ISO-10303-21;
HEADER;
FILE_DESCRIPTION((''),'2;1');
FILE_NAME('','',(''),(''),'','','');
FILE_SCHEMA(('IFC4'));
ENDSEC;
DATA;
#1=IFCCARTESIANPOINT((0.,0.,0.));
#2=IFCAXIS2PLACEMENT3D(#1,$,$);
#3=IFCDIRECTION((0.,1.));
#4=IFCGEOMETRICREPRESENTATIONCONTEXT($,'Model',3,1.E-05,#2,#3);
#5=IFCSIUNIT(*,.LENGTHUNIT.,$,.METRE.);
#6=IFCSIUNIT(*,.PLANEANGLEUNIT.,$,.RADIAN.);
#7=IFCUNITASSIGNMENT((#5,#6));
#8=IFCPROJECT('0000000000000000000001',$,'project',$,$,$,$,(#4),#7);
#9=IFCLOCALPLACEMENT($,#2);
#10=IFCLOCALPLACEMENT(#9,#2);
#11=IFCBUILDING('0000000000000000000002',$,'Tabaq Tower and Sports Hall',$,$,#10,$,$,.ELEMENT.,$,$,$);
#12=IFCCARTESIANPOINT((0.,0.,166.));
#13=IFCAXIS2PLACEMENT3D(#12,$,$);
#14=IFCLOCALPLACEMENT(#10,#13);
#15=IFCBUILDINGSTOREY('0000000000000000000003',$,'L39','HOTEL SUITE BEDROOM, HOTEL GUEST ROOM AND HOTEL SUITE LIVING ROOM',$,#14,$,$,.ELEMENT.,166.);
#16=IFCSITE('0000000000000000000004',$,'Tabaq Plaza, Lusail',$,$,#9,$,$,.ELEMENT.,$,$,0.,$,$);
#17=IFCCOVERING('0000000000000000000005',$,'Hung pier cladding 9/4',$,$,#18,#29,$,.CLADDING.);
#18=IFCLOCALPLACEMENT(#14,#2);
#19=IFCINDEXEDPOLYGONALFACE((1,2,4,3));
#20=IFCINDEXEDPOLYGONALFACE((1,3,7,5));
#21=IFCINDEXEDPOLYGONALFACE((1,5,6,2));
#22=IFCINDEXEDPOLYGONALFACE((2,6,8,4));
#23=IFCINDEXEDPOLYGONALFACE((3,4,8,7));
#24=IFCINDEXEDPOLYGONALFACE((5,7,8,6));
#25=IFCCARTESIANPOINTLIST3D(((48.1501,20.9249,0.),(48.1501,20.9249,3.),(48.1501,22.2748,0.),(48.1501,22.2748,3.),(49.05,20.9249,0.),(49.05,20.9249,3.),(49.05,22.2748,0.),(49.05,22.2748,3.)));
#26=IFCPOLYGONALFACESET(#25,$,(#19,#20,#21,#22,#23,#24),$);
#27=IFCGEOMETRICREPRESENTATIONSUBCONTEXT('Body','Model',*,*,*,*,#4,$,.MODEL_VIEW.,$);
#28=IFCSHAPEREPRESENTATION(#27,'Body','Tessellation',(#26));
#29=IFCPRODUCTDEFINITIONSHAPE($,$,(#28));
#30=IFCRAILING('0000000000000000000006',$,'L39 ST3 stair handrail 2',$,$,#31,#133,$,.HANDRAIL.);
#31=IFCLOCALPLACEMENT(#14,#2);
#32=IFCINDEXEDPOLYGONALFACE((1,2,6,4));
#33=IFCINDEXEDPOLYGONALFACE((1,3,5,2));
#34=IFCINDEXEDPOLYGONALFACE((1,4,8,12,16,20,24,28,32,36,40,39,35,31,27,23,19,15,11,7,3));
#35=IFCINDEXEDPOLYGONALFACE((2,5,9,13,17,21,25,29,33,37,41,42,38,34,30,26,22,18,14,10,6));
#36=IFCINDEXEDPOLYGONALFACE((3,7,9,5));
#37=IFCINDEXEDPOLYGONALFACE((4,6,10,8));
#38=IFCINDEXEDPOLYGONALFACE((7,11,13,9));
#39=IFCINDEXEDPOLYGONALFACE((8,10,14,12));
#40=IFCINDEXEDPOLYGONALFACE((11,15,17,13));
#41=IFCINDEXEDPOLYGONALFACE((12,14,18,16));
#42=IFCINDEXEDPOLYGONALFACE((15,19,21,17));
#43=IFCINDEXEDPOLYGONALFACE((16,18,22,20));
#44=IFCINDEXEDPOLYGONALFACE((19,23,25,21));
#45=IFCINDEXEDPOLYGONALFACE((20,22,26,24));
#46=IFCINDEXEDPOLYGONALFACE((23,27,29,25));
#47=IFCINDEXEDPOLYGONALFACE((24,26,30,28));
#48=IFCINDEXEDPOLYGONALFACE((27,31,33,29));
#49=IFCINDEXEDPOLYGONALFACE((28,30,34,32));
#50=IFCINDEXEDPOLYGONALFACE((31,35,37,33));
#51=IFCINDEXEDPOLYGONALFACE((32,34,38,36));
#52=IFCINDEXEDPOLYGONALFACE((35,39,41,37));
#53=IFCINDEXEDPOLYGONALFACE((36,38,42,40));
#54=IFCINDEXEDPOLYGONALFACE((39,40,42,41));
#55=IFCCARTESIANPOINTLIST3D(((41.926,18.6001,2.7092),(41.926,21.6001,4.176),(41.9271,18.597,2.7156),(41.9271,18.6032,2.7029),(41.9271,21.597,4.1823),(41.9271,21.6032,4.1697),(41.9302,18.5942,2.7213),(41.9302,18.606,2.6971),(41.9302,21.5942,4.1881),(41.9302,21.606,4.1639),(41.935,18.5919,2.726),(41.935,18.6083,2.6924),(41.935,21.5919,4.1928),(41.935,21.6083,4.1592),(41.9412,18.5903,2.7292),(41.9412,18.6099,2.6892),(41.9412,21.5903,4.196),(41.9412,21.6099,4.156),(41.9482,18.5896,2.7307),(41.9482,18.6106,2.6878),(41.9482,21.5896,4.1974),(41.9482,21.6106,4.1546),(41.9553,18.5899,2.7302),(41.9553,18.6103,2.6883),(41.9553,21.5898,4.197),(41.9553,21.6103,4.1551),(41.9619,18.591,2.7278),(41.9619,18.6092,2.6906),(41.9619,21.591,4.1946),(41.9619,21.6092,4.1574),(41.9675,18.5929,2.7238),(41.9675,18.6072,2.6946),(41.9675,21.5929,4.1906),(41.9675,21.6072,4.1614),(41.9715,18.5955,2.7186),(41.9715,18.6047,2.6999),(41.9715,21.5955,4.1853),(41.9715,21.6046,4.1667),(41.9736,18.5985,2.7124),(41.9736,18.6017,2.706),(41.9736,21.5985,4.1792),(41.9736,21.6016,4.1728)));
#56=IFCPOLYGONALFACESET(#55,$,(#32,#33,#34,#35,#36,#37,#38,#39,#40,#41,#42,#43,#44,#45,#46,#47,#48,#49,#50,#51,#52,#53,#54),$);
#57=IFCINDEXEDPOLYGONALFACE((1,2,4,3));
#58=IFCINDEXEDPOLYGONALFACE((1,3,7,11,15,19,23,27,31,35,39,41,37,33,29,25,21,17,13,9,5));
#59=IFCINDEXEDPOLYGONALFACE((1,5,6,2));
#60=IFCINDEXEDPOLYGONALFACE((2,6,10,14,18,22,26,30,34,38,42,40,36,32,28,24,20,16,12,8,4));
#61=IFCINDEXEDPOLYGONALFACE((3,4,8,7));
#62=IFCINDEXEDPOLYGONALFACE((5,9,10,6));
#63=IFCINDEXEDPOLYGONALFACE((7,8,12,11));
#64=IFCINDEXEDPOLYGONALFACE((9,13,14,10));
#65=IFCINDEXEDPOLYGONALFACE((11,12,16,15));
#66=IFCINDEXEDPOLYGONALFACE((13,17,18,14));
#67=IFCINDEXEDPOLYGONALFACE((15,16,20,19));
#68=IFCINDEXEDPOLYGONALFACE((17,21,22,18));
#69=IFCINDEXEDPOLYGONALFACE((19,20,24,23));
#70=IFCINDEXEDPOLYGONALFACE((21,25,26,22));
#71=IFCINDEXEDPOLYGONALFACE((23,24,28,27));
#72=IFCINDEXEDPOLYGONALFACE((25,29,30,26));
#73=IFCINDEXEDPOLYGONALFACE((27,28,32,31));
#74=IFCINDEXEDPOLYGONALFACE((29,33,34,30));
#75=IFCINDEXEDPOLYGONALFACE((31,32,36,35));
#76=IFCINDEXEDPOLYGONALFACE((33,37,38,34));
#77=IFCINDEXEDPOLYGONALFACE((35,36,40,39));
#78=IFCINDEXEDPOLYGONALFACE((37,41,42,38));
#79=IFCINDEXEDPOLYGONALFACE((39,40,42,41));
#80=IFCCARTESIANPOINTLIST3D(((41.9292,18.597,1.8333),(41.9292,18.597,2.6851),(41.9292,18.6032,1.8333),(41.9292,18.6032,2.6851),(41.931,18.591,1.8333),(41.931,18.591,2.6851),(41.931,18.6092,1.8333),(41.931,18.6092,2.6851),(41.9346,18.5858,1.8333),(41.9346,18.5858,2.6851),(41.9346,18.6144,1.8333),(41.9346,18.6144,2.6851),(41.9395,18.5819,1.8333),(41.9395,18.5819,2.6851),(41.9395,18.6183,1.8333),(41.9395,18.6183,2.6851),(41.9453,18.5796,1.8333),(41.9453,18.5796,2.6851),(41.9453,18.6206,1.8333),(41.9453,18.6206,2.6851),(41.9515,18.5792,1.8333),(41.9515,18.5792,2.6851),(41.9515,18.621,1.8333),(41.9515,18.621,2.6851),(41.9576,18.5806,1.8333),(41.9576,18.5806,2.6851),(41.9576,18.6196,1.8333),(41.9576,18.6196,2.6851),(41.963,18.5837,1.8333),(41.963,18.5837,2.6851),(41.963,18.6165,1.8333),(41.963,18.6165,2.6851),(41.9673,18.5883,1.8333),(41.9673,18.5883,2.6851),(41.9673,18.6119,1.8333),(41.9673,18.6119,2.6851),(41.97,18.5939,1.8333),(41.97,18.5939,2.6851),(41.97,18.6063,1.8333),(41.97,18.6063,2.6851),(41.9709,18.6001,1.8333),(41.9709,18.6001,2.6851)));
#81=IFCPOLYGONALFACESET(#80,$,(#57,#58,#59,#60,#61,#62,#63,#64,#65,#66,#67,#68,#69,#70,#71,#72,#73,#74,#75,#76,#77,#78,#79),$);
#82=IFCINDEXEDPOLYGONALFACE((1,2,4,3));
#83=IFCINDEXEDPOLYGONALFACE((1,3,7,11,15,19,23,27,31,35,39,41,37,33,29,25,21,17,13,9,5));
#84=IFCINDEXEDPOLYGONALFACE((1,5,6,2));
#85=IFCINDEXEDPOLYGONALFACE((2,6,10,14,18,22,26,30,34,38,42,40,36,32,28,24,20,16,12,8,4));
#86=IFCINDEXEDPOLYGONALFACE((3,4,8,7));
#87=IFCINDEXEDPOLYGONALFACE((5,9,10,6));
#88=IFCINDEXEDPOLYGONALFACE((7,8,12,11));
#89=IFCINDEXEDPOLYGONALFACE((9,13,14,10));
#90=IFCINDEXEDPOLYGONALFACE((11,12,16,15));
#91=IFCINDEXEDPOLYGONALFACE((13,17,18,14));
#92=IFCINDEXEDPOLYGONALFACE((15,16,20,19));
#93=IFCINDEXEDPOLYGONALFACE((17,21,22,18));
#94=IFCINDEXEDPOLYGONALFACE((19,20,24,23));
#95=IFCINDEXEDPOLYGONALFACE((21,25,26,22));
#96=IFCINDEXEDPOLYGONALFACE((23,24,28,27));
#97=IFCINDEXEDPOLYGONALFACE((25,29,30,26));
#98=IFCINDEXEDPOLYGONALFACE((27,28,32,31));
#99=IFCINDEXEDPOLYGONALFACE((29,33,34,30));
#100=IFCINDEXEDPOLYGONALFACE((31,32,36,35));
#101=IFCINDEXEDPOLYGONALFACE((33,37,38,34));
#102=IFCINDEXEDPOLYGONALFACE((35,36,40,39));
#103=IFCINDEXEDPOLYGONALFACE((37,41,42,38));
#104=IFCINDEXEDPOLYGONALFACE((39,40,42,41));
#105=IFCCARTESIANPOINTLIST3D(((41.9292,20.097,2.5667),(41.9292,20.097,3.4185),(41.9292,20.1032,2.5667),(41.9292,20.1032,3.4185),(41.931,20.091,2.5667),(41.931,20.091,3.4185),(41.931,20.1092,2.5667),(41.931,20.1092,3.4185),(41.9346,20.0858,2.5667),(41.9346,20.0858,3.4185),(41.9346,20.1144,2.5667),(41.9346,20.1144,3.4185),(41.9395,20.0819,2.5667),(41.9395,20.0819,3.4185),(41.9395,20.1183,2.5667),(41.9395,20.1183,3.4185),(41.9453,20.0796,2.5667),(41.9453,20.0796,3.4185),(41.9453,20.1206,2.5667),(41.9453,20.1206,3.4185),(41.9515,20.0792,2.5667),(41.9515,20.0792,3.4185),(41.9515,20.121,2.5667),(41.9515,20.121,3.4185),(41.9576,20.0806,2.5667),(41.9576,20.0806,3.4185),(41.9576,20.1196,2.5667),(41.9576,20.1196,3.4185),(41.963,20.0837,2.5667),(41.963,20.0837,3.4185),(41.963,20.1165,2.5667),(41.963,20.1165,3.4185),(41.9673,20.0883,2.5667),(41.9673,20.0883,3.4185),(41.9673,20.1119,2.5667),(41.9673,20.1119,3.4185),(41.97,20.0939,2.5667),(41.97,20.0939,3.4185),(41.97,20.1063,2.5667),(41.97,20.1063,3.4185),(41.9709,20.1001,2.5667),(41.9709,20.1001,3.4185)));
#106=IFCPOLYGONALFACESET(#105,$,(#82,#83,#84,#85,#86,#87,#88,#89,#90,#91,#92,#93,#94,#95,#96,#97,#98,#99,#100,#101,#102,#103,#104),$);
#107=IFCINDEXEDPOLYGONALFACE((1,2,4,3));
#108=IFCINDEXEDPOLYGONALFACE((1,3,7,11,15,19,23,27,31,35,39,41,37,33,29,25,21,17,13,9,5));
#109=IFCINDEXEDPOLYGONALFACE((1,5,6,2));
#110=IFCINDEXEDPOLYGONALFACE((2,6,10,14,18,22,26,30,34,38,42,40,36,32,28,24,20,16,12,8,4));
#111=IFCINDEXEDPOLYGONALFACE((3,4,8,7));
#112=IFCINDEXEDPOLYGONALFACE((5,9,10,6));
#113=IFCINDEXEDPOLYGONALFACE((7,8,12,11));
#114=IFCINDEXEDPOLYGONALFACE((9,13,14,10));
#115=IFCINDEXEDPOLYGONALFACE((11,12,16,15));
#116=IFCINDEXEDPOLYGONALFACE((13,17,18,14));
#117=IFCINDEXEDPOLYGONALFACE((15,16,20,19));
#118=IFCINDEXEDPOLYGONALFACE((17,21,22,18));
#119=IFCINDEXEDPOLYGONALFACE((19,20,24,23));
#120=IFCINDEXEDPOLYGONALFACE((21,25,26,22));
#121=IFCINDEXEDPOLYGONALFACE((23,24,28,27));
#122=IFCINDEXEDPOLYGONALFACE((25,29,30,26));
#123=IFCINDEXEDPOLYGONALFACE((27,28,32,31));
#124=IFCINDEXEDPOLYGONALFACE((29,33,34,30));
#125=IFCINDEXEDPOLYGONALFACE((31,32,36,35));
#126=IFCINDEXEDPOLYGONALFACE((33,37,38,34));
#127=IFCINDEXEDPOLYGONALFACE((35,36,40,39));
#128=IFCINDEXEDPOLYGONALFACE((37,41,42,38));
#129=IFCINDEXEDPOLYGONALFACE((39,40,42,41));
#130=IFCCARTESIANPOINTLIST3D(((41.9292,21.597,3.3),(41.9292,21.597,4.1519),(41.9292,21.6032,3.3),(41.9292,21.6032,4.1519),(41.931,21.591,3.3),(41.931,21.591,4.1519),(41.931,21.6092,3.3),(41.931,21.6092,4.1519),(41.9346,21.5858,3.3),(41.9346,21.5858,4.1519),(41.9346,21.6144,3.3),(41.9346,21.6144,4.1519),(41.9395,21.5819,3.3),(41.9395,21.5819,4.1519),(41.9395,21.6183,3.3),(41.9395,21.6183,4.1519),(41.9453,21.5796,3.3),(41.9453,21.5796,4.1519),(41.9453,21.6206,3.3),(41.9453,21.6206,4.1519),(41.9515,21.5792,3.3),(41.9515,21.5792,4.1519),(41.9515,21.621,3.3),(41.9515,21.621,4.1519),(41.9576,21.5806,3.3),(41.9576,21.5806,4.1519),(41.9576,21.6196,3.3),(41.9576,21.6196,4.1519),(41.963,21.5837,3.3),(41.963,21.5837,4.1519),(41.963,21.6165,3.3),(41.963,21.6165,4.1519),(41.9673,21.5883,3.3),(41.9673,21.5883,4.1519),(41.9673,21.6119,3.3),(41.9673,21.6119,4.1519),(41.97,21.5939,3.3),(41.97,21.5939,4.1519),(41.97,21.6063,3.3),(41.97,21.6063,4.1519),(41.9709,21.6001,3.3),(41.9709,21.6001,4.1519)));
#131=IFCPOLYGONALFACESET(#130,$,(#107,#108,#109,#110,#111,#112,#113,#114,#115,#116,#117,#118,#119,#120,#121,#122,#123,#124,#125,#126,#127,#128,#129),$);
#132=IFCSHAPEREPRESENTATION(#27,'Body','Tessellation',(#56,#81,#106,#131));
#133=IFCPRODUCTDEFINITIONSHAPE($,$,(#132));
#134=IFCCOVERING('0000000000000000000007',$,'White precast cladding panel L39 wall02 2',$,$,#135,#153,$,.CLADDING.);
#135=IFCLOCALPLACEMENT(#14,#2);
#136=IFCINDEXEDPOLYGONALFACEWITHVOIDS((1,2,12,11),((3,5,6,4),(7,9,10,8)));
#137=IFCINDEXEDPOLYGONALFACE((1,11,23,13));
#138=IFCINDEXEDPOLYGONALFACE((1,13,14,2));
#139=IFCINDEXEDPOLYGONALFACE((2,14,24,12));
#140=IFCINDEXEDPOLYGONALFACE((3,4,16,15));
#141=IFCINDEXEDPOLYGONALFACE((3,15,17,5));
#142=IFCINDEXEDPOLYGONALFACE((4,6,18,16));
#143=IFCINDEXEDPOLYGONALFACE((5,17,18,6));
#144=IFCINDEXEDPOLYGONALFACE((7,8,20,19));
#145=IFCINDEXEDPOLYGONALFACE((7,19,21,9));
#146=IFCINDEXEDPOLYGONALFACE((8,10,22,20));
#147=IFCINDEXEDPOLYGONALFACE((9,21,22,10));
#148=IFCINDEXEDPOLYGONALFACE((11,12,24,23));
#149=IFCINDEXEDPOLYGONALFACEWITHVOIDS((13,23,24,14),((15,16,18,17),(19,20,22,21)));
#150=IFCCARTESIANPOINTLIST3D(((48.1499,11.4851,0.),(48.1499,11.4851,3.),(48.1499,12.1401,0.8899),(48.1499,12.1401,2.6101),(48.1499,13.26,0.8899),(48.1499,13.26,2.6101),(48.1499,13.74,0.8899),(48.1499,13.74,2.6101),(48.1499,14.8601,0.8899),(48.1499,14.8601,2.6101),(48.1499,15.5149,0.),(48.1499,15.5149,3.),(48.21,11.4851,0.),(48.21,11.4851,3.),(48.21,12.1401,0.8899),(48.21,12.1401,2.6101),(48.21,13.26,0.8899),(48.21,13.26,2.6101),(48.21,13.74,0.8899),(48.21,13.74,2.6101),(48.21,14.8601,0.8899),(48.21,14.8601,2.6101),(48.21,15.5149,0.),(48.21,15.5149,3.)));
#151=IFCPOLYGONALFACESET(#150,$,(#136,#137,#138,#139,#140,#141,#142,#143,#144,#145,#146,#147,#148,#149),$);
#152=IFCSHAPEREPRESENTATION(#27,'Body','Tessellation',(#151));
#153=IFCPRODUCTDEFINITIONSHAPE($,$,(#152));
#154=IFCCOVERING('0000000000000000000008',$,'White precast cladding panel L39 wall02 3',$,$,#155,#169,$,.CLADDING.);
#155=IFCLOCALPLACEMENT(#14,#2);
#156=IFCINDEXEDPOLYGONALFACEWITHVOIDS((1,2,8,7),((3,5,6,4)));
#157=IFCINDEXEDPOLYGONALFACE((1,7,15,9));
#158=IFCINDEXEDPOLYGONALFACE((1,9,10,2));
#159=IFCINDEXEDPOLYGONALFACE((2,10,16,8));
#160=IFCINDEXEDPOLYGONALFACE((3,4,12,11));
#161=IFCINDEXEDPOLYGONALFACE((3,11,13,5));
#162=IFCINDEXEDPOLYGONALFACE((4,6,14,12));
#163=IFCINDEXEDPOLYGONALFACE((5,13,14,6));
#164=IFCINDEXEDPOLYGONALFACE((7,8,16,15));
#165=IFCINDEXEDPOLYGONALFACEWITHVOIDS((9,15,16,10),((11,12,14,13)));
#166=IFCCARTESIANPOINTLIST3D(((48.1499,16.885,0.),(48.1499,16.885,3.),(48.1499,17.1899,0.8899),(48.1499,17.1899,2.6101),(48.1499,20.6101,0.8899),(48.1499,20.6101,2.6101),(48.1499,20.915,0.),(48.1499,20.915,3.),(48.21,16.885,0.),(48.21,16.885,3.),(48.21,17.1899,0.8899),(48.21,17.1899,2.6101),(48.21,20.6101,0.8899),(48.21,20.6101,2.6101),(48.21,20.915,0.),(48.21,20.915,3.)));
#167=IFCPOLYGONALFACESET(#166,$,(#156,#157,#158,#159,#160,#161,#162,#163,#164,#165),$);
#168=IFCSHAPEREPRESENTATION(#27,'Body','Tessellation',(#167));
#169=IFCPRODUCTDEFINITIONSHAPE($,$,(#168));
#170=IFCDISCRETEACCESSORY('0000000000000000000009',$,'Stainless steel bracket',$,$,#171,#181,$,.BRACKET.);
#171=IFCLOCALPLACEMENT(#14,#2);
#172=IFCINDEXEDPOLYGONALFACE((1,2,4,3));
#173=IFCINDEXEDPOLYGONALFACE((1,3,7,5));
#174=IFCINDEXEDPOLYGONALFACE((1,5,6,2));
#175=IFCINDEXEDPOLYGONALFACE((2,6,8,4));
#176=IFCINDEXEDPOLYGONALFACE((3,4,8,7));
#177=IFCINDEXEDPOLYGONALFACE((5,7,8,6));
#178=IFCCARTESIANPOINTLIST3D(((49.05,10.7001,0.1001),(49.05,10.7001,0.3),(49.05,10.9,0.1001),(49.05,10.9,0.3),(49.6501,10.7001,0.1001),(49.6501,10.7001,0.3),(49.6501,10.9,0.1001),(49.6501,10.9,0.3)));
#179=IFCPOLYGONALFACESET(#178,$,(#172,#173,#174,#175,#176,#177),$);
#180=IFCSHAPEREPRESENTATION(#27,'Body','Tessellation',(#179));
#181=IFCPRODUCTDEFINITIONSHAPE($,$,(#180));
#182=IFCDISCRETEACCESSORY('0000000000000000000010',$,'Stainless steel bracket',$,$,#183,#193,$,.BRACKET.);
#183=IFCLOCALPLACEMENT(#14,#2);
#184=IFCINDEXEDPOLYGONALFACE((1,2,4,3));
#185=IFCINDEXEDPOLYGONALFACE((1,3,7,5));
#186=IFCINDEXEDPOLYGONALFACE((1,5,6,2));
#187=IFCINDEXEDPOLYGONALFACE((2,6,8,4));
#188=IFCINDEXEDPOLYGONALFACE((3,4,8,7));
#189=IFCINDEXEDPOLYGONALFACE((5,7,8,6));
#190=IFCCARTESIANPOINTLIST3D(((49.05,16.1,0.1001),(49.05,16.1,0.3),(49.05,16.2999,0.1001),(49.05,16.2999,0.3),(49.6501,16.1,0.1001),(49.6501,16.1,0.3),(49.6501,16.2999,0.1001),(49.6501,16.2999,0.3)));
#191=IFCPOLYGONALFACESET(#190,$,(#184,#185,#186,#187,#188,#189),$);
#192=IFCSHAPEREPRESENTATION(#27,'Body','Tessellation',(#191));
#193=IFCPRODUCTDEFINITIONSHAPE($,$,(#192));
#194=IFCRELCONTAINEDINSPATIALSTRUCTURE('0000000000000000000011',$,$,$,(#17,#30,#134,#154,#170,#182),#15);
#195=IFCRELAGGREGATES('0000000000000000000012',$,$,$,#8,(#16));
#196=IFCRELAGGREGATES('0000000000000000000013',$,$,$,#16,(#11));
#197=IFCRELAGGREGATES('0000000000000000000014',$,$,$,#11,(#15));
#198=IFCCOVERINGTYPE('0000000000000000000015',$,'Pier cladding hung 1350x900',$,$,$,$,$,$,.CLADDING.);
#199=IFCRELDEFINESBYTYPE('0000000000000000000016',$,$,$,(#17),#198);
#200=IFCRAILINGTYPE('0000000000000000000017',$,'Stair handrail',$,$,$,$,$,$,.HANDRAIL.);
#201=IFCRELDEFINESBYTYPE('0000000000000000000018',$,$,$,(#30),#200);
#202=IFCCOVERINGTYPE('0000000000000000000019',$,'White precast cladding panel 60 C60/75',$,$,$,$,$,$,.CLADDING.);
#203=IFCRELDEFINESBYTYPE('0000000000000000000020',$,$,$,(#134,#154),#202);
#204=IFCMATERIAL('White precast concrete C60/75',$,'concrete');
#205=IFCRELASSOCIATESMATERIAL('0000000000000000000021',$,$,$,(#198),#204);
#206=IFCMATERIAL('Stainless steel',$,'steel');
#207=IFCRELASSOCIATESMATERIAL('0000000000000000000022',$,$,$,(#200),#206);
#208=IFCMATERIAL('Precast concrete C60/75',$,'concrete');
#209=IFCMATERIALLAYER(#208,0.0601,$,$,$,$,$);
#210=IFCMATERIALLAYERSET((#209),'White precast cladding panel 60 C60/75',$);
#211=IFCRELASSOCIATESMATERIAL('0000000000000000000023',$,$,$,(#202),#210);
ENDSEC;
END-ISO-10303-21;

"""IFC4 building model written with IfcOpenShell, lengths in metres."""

from ifc_helpers import new_model, si_unit, direction, frame, frame_2d, origin, origin_2d, place, context, subcontext, project, spatial, polyline, rectangle, circle, outline, extrude, material, layer, layer_set, type_object, element, save


model = new_model("IFC4")

# Units and contexts
model_context = context("Model", 3, precision=1e-05, world=origin(), true_north=direction((0.0, 1.0)))
body_context = subcontext(model_context, "Body", "Model", "MODEL_VIEW")
ifc_project = project(units=[si_unit("LENGTHUNIT", "METRE"), si_unit("PLANEANGLEUNIT", "RADIAN")], contexts=[model_context])

# Site, building, storey
site_placement = place(None, origin())
site = spatial("IfcSite", under=ifc_project, at=site_placement, Name="Tabaq Plaza, Lusail", CompositionType="ELEMENT", RefElevation=0.0)
building_placement = place(site_placement, origin())
building = spatial("IfcBuilding", under=site, at=building_placement, Name="Tabaq Tower and Sports Hall", CompositionType="ELEMENT")
storey_placement = place(building_placement, frame((0.0, 0.0, 166.0)))
storey = spatial("IfcBuildingStorey", under=building, at=storey_placement, Name="L39", Description="HOTEL SUITE BEDROOM, HOTEL GUEST ROOM AND HOTEL SUITE LIVING ROOM", CompositionType="ELEMENT", Elevation=166.0)

# Covering
ifc_material_1 = material(Name="White precast concrete C60/75", Category="concrete")
covering_type_1 = type_object("IfcCoveringType", Name="Pier cladding hung 1350x900", PredefinedType="CLADDING", material=ifc_material_1)
covering_1_placement = place(storey_placement, frame((48.6001, 20.925, 0.0), z_axis=(0.0, 0.0, 1.0), x_axis=(0.0, 1.0, 0.0)))
element("IfcCovering", 1, at=covering_1_placement, inside=storey, type_object=covering_type_1, Name="Hung pier cladding 9/4", PredefinedType="CLADDING", context=body_context, shape_type="SweptSolid", body=[
    extrude(rectangle(XDim=1.3499, YDim=0.8999, at=frame_2d((0.6748, 0.0))), origin(), (0.0, 0.0, 1.0), 3.0),
])

# Railing
ifc_material_2 = material(Name="Stainless steel", Category="steel")
railing_type = type_object("IfcRailingType", Name="Stair handrail", PredefinedType="HANDRAIL", material=ifc_material_2)
railing_placement = place(storey_placement, frame((41.95, 18.6001, 1.8333)))
element("IfcRailing", 2, at=railing_placement, inside=storey, type_object=railing_type, Name="L39 ST3 stair handrail 2", PredefinedType="HANDRAIL", context=body_context, shape_type="SweptSolid", body=[
    extrude(circle(Radius=0.0239, at=origin_2d()), frame((0.0, 0.0, 0.876), z_axis=(0.0, 0.898369, 0.439242), x_axis=(-1.0, 0.0, 0.0)), (0.0, 0.0, 1.0), 3.3394),
    extrude(circle(Radius=0.021, at=origin_2d()), origin(), (0.0, 0.0, 1.0), 0.8518),
    extrude(circle(Radius=0.021, at=origin_2d()), frame((0.0, 1.5, 0.7334)), (0.0, 0.0, 1.0), 0.8518),
    extrude(circle(Radius=0.021, at=origin_2d()), frame((0.0, 3.0, 1.4668)), (0.0, 0.0, 1.0), 0.8518),
])

# Coverings
ifc_material_3 = material(Name="Precast concrete C60/75", Category="concrete")
ifc_layer_1 = layer(ifc_material_3, 0.0601)
ifc_layer_set_1 = layer_set([ifc_layer_1], Name="White precast cladding panel 60 C60/75")
covering_type_2 = type_object("IfcCoveringType", Name="White precast cladding panel 60 C60/75", PredefinedType="CLADDING", material=ifc_layer_set_1)
covering_2_placement = place(storey_placement, frame((48.1799, 11.4851, 0.0), z_axis=(0.0, 0.0, 1.0), x_axis=(0.0, 1.0, 0.0)))
element("IfcCovering", 3, at=covering_2_placement, inside=storey, type_object=covering_type_2, Name="White precast cladding panel L39 wall02 2", PredefinedType="CLADDING", context=body_context, shape_type="SweptSolid", body=[
    extrude(outline(polyline([(0.0, 0.0), (4.0298, 0.0), (4.0298, 3.0), (0.0, 3.0), (0.0, 0.0)]), holes=[polyline([(0.655, 2.6101), (1.7749, 2.6101), (1.7749, 0.8899), (0.655, 0.8899), (0.655, 2.6101)]), polyline([(2.2549, 2.6101), (3.375, 2.6101), (3.375, 0.8899), (2.2549, 0.8899), (2.2549, 2.6101)])]), frame((0.0, 0.03, 0.0), z_axis=(0.0, -1.0, 0.0), x_axis=(1.0, 0.0, 0.0)), (0.0, 0.0, 1.0), 0.0601),
])
covering_3_placement = place(storey_placement, frame((48.1799, 16.885, 0.0), z_axis=(0.0, 0.0, 1.0), x_axis=(0.0, 1.0, 0.0)))
element("IfcCovering", 4, at=covering_3_placement, inside=storey, type_object=covering_type_2, Name="White precast cladding panel L39 wall02 3", PredefinedType="CLADDING", context=body_context, shape_type="SweptSolid", body=[
    extrude(outline(polyline([(0.0, 0.0), (4.03, 0.0), (4.03, 3.0), (0.0, 3.0), (0.0, 0.0)]), holes=[polyline([(0.3049, 0.8899), (0.3049, 2.6101), (3.7251, 2.6101), (3.7251, 0.8899), (0.3049, 0.8899)])]), frame((0.0, 0.03, 0.0), z_axis=(0.0, -1.0, 0.0), x_axis=(1.0, 0.0, 0.0)), (0.0, 0.0, 1.0), 0.0601),
])

# Discrete accessories
for number, where, z_axis, x_axis, name in (
    (5, (49.3501, 10.8, 0.1001), (0.0, 0.0, 1.0), (1.0, 0.0, 0.0), "Stainless steel bracket"),
    (6, (49.3501, 16.2, 0.1001), (0.0, 0.0, 1.0), (1.0, 0.0, 0.0), "Stainless steel bracket"),
):
    element("IfcDiscreteAccessory", number, at=place(storey_placement, frame(where, z_axis=z_axis, x_axis=x_axis)), inside=storey, Name=name, PredefinedType="BRACKET", context=body_context, shape_type="SweptSolid", body=[
        extrude(rectangle(XDim=0.6001, YDim=0.2, at=origin_2d()), origin(), (0.0, 0.0, 1.0), 0.2),
    ])

save(model, "model.ifc")
